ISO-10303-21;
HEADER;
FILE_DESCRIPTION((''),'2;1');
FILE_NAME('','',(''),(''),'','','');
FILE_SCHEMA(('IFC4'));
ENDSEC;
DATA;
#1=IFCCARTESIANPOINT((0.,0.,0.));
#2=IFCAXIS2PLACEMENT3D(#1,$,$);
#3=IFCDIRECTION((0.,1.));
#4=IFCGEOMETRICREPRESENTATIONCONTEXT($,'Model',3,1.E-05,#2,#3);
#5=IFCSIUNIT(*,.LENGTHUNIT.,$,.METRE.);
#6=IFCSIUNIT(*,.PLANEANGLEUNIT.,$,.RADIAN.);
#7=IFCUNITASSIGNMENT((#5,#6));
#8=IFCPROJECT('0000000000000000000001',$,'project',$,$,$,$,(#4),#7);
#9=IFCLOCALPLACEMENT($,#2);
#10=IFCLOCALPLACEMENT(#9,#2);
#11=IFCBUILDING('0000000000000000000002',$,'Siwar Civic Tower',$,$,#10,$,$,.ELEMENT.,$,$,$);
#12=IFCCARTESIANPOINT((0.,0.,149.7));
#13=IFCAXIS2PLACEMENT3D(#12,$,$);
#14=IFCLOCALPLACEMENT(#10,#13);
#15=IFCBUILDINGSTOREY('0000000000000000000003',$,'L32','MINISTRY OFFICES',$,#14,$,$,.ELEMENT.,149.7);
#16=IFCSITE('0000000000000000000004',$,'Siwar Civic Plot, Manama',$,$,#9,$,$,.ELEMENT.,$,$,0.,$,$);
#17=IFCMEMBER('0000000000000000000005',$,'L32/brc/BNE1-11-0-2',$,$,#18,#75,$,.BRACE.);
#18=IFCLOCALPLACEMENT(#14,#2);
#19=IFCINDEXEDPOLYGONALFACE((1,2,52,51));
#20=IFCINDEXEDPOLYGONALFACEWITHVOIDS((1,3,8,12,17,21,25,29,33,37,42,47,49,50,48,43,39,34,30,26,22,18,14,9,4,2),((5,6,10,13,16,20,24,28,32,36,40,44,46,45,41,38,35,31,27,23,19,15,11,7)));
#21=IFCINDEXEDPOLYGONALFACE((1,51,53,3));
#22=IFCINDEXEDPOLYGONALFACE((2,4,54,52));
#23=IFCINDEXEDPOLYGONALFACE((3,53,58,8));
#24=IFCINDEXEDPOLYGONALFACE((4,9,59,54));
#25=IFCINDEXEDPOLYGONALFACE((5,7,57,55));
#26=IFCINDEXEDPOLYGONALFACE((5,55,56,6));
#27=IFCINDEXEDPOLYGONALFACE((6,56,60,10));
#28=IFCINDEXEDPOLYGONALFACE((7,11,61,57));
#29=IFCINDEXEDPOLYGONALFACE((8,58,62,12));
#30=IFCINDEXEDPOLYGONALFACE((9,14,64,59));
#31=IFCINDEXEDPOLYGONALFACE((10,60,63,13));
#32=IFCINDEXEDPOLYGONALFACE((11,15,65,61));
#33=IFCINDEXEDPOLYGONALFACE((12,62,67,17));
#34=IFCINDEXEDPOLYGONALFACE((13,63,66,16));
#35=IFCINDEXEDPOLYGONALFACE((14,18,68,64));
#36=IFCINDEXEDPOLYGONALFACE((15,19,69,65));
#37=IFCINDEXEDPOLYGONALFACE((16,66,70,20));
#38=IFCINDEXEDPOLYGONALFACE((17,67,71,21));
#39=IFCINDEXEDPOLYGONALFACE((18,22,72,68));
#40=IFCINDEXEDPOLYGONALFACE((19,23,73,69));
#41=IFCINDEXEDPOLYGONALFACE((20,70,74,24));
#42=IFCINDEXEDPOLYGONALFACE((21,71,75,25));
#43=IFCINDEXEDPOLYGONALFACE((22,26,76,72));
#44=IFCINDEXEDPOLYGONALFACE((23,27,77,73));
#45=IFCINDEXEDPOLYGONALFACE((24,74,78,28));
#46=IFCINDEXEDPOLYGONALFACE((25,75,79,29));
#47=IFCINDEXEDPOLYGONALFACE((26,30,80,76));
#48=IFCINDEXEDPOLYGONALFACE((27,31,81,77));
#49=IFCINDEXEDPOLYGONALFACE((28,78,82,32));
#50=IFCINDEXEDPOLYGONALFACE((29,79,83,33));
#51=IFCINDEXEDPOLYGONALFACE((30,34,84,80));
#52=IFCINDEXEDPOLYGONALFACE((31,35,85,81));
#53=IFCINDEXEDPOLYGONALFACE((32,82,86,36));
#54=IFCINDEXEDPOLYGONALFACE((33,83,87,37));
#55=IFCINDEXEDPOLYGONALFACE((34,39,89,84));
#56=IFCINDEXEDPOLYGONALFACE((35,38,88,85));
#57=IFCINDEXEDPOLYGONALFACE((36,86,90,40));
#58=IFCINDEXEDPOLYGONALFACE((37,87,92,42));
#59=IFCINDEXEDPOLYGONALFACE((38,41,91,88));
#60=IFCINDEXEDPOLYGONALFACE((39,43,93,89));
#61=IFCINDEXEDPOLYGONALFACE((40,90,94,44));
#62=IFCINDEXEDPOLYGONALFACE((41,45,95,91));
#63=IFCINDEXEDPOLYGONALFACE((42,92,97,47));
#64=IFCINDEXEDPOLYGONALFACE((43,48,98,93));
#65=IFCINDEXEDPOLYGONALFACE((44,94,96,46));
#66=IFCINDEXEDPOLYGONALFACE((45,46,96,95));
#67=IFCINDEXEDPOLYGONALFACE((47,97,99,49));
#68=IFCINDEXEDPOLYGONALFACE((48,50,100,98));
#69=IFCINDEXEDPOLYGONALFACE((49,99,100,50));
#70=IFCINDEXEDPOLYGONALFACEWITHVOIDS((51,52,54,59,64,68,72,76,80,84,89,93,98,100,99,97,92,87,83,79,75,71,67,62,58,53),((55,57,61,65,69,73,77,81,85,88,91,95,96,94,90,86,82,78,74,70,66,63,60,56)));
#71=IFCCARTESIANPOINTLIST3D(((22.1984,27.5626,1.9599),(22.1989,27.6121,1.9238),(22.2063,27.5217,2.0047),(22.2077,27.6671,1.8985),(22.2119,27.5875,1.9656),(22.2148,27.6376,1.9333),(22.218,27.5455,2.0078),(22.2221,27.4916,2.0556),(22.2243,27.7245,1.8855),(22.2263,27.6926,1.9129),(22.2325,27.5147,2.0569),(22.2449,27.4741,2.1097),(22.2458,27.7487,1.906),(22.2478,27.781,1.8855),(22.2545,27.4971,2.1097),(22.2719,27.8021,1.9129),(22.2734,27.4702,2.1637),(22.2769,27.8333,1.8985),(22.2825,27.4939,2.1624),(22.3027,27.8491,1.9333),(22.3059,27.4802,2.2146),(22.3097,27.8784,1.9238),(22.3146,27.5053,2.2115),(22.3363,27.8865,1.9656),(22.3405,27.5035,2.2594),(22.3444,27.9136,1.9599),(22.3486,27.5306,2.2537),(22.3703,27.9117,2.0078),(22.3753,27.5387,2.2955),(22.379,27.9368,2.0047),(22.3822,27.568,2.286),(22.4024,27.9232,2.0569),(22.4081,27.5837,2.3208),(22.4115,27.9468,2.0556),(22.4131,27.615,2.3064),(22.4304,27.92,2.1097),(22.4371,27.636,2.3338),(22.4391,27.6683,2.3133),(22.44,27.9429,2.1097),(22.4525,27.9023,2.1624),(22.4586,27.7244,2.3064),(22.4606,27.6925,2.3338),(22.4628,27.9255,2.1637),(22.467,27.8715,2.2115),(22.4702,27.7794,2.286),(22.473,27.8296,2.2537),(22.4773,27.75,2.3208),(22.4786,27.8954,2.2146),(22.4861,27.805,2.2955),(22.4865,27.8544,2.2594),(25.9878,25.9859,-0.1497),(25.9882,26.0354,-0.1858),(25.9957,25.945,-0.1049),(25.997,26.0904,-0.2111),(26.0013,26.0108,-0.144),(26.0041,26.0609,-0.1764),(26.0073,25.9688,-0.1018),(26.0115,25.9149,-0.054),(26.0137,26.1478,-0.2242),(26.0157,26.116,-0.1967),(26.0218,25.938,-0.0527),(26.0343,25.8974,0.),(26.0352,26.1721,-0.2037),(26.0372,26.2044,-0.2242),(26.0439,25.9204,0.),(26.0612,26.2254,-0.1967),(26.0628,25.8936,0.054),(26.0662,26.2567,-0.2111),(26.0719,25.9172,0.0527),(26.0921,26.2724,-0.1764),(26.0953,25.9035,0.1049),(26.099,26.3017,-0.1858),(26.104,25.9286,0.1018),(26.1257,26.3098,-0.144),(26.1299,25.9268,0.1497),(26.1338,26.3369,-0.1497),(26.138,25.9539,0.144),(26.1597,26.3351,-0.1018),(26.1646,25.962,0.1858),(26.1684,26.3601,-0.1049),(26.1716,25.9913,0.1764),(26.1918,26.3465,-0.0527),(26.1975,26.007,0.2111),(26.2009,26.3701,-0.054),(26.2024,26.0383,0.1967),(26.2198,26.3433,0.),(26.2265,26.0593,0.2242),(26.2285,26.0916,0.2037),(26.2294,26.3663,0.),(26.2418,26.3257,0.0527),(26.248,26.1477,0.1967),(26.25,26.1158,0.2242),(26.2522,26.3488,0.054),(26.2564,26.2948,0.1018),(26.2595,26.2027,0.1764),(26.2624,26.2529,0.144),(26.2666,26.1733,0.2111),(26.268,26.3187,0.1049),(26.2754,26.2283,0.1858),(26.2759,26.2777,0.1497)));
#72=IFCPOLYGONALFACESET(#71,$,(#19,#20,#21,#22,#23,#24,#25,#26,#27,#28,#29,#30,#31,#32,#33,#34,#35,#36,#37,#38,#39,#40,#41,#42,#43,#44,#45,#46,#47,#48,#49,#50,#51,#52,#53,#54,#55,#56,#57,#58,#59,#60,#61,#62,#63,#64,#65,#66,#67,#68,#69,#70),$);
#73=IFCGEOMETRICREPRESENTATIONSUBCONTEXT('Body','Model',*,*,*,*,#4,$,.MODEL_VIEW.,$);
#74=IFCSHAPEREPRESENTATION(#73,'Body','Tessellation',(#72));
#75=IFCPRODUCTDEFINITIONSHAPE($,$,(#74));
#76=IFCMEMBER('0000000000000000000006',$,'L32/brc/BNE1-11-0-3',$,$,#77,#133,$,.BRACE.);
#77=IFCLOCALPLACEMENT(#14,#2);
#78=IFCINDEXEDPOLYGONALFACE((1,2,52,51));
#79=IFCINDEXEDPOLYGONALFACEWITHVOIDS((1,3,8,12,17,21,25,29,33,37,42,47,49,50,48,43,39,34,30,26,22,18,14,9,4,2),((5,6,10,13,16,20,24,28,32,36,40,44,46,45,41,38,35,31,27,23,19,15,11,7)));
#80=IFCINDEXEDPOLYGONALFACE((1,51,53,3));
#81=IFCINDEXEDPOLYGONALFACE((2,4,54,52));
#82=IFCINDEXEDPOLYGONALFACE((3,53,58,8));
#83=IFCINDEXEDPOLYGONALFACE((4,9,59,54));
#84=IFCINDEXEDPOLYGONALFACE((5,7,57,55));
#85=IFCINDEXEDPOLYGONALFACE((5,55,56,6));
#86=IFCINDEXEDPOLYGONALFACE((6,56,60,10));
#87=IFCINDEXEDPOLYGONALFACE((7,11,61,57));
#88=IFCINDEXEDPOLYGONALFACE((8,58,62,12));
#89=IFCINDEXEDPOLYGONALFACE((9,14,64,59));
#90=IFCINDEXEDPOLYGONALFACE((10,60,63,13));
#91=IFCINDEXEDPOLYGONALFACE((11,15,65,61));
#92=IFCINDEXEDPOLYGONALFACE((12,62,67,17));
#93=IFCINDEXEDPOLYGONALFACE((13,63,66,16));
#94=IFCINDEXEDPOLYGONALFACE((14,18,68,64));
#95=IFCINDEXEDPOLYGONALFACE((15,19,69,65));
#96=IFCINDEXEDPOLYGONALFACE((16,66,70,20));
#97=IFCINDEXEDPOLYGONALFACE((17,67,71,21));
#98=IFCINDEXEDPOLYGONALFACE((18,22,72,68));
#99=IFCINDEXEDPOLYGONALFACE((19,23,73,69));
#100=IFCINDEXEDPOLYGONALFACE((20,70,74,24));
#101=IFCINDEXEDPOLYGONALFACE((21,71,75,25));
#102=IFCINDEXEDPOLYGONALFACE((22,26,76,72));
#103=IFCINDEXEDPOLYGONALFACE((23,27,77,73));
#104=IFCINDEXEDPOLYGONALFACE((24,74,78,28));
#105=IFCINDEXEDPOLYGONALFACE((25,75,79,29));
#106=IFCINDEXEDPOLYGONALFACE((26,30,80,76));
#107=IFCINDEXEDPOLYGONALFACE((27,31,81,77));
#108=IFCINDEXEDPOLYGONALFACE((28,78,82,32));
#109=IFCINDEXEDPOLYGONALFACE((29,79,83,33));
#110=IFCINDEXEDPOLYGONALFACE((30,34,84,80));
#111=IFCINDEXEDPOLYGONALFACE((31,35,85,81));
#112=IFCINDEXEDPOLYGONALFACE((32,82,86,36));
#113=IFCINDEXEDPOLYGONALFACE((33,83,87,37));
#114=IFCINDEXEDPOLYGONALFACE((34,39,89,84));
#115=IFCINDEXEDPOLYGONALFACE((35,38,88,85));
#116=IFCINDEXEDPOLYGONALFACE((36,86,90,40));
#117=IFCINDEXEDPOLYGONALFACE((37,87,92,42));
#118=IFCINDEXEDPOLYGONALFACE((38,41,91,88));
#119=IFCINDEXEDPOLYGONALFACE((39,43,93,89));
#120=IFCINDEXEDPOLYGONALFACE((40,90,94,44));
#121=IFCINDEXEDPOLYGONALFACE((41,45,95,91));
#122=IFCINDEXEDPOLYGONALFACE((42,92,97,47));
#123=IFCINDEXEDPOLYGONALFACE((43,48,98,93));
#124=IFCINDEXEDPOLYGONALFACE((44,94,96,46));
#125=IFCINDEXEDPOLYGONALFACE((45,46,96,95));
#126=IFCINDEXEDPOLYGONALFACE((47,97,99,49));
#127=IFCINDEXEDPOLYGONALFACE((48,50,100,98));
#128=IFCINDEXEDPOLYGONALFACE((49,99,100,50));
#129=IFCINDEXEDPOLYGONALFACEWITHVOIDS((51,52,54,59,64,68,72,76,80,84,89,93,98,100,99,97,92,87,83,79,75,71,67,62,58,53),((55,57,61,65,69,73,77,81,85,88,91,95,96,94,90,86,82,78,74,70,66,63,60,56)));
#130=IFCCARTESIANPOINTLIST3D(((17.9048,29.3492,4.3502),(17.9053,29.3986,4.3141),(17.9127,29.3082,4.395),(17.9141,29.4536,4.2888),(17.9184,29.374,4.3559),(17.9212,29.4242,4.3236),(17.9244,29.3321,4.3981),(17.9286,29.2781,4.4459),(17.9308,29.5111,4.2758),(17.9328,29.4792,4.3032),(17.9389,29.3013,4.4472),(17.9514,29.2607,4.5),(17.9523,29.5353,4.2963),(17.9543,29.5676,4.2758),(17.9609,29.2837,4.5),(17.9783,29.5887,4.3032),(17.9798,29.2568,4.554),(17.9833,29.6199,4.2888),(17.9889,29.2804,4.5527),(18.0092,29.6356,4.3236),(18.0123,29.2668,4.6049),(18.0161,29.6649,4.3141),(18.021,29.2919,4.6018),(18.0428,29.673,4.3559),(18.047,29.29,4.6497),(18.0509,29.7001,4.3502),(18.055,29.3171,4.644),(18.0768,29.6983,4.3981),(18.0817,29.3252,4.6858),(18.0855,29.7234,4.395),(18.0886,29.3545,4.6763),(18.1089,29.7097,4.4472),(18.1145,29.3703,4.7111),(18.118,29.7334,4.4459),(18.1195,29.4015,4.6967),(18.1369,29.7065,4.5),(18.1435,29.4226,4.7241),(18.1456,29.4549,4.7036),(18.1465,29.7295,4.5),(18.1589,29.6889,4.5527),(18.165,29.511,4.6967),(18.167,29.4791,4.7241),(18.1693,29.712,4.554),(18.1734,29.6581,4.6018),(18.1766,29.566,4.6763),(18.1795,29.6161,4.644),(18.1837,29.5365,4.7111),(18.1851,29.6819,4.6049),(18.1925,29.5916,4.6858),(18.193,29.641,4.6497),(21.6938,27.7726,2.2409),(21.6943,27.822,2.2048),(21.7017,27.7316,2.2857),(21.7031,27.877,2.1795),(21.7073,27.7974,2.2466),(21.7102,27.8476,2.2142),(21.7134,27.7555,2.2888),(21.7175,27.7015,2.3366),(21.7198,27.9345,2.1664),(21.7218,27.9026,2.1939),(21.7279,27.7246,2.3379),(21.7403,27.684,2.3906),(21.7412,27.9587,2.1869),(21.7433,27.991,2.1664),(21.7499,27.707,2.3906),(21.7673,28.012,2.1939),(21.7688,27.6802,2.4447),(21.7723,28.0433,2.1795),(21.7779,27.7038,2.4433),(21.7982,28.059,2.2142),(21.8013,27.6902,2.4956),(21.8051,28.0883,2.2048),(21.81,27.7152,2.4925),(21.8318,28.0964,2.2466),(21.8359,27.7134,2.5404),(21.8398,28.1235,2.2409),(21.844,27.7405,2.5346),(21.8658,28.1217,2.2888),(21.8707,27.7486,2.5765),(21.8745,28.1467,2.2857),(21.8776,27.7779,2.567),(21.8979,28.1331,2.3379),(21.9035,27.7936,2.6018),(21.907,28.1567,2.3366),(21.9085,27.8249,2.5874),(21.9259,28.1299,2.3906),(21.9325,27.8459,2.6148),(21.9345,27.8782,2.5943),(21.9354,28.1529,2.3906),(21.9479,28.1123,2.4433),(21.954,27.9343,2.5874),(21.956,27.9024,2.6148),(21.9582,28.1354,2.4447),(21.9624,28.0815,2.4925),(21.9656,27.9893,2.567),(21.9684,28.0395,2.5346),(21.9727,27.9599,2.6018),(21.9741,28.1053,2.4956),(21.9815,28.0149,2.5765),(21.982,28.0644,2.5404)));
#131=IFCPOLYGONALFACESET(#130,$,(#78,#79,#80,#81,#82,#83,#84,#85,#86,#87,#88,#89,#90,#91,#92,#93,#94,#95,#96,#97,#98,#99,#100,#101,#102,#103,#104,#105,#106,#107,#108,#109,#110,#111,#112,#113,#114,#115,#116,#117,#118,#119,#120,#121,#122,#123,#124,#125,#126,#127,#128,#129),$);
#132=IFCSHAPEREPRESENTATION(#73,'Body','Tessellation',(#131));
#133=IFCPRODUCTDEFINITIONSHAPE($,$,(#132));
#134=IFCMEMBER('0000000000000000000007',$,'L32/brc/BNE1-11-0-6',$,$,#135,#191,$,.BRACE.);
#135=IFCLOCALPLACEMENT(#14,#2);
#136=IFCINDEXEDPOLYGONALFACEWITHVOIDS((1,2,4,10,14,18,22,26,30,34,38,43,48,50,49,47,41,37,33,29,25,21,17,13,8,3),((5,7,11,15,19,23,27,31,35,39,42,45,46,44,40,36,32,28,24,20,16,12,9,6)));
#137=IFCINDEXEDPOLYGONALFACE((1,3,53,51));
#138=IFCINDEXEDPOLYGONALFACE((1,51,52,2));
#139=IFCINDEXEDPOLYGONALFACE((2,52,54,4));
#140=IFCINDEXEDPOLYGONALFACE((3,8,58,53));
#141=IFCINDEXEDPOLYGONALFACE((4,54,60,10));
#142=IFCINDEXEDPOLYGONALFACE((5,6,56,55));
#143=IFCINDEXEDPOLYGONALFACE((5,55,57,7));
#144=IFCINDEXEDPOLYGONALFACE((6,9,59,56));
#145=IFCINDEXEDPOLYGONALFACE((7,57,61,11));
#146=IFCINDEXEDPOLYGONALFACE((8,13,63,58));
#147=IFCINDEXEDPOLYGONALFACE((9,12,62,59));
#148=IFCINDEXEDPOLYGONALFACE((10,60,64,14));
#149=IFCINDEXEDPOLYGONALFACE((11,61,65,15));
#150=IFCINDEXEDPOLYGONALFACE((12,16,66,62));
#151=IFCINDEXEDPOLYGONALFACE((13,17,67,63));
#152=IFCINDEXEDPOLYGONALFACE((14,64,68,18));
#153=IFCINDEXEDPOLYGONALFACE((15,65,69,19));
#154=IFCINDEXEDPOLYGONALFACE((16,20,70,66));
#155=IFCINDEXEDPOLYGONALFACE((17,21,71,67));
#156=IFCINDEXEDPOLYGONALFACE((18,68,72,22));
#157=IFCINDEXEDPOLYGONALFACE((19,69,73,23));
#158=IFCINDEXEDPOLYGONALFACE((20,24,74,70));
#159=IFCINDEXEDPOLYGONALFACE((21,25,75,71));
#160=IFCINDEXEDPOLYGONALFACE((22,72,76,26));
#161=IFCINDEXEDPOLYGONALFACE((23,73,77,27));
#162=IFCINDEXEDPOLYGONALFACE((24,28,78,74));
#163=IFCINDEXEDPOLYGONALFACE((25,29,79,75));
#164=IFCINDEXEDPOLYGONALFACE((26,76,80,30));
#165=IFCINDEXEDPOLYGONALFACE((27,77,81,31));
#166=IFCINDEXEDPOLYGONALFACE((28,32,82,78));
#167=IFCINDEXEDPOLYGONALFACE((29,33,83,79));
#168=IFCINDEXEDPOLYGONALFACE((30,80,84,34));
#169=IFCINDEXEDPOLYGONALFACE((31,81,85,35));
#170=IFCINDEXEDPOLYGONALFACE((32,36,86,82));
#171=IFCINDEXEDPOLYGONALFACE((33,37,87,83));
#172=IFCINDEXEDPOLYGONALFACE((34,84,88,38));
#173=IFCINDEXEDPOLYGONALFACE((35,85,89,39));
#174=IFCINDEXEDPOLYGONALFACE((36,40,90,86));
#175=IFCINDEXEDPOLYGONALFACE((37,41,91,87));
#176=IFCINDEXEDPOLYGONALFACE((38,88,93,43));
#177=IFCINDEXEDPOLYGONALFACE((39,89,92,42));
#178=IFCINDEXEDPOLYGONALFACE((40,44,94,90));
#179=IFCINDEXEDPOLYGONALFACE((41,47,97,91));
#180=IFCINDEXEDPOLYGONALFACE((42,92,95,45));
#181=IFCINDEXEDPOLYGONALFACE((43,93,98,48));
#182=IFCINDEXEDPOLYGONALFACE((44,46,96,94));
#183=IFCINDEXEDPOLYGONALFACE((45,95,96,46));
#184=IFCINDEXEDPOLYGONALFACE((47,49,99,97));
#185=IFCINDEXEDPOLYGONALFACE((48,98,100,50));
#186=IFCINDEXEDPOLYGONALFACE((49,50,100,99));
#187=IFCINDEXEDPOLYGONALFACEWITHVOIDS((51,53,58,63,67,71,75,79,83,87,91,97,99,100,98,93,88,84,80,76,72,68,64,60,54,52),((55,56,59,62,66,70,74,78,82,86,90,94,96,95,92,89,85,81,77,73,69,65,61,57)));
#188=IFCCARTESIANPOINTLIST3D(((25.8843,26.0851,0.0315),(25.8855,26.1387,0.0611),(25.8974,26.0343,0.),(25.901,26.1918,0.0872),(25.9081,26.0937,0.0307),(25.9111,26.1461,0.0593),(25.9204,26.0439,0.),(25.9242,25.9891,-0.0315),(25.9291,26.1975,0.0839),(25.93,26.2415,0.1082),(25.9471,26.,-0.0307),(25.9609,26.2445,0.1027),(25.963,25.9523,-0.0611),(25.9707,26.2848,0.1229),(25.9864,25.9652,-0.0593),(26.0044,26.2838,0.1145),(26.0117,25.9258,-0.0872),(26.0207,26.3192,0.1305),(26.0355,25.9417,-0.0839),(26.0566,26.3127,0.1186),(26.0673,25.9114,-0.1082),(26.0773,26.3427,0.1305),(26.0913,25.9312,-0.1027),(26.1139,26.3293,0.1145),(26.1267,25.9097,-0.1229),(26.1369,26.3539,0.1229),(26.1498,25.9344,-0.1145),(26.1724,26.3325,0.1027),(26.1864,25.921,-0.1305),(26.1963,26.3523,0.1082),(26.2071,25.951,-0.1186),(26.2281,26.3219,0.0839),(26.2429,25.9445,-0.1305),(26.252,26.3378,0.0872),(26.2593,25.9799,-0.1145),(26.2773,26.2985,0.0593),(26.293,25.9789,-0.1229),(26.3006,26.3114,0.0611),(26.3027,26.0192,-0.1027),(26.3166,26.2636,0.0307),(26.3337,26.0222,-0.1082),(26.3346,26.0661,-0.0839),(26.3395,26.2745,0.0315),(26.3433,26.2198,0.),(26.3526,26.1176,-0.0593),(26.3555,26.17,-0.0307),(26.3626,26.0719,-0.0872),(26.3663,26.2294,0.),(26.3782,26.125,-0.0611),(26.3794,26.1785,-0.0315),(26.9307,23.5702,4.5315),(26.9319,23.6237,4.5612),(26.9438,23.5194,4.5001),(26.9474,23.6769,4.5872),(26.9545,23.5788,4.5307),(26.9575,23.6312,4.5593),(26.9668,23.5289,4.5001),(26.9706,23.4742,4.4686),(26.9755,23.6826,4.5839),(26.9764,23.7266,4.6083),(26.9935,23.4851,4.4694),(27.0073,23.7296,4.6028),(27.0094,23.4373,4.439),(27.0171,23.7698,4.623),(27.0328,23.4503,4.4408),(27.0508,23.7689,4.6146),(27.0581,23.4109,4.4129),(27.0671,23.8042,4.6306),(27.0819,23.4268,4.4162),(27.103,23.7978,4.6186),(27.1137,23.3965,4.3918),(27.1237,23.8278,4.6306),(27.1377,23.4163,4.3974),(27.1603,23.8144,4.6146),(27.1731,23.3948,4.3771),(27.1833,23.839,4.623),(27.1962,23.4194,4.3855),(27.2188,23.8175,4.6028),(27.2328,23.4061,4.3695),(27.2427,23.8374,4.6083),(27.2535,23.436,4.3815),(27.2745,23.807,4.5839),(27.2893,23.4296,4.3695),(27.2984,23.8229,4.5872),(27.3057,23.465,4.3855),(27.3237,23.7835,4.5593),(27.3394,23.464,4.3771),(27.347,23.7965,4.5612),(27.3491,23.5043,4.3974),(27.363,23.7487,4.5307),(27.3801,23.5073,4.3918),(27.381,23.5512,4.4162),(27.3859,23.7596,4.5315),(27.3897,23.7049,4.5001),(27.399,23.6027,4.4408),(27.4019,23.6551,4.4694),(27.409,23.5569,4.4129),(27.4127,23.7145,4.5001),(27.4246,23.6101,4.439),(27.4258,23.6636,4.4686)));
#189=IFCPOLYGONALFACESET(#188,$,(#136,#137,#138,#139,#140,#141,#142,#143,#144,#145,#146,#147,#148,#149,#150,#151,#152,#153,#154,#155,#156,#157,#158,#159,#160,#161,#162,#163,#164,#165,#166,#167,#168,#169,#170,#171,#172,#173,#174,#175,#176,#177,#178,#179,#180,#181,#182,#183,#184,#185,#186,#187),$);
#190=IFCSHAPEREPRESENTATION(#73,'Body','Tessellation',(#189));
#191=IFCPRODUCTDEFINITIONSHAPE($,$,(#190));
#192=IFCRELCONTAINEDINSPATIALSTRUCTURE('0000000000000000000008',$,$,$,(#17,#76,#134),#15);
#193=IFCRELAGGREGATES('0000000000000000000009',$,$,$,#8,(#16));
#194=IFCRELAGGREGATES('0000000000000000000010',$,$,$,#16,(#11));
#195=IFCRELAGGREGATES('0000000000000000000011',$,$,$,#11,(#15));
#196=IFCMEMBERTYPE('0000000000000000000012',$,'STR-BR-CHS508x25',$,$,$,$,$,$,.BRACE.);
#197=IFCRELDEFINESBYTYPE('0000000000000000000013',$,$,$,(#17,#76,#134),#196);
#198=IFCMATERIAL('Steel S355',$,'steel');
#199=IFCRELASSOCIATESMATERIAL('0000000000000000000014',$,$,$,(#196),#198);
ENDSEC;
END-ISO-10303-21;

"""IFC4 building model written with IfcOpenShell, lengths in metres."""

from ifc_helpers import new_model, si_unit, direction, frame, origin, origin_2d, place, context, subcontext, project, spatial, hollow_circle, extrude, material, material_profile, profile_set, type_object, element, save


model = new_model("IFC4")

# Units and contexts
model_context = context("Model", 3, precision=1e-05, world=origin(), true_north=direction((0.0, 1.0)))
body_context = subcontext(model_context, "Body", "Model", "MODEL_VIEW")
ifc_project = project(units=[si_unit("LENGTHUNIT", "METRE"), si_unit("PLANEANGLEUNIT", "RADIAN")], contexts=[model_context])

# Site, building, storey
site_placement = place(None, origin())
site = spatial("IfcSite", under=ifc_project, at=site_placement, Name="Siwar Civic Plot, Manama", CompositionType="ELEMENT", RefElevation=0.0)
building_placement = place(site_placement, origin())
building = spatial("IfcBuilding", under=site, at=building_placement, Name="Siwar Civic Tower", CompositionType="ELEMENT")
storey_placement = place(building_placement, frame((0.0, 0.0, 149.7)))
storey = spatial("IfcBuildingStorey", under=building, at=storey_placement, Name="L32", Description="MINISTRY OFFICES", CompositionType="ELEMENT", Elevation=149.7)

# Members
ifc_material_1 = material(Name="Steel S355", Category="steel")
ifc_material_profile_1 = material_profile(ifc_material_1, hollow_circle(Radius=0.2539, WallThickness=0.0249, at=origin_2d()), Name="CHS508x25")
ifc_profile_set_1 = profile_set([ifc_material_profile_1], Name="Steel S355")
member_type_1 = type_object("IfcMemberType", Name="STR-BR-CHS508x25", PredefinedType="BRACE", material=ifc_profile_set_1)
member_1_placement = place(storey_placement, frame((26.1318, 26.1318, 0.0), z_axis=(-0.821143, 0.341662, 0.457155), x_axis=(-0.384155, -0.923269, 0.0)))
element("IfcMember", 1, at=member_1_placement, inside=storey, type_object=member_type_1, Name="L32/brc/BNE1-11-0-2", PredefinedType="BRACE", context=body_context, shape_type="SweptSolid", body=[
    extrude(hollow_circle(Radius=0.2539, WallThickness=0.0249, at=origin_2d()), origin(), (0.0, 0.0, 1.0), 4.6147),
])
member_2_placement = place(storey_placement, frame((21.8379, 27.9185, 2.3906), z_axis=(-0.821146, 0.341686, 0.457133), x_axis=(-0.384176, -0.92326, 0.0)))
element("IfcMember", 2, at=member_2_placement, inside=storey, type_object=member_type_1, Name="L32/brc/BNE1-11-0-3", PredefinedType="BRACE", context=body_context, shape_type="SweptSolid", body=[
    extrude(hollow_circle(Radius=0.2539, WallThickness=0.0249, at=origin_2d()), origin(), (0.0, 0.0, 1.0), 4.6143),
])
member_3_placement = place(storey_placement, frame((26.1318, 26.1318, 0.0), z_axis=(0.198926, -0.478099, 0.855482), x_axis=(0.92327, 0.384151, 0.0)))
element("IfcMember", 3, at=member_3_placement, inside=storey, type_object=member_type_1, Name="L32/brc/BNE1-11-0-6", PredefinedType="BRACE", context=body_context, shape_type="SweptSolid", body=[
    extrude(hollow_circle(Radius=0.2539, WallThickness=0.0249, at=origin_2d()), origin(), (0.0, 0.0, 1.0), 5.2603),
])

save(model, "model.ifc")
